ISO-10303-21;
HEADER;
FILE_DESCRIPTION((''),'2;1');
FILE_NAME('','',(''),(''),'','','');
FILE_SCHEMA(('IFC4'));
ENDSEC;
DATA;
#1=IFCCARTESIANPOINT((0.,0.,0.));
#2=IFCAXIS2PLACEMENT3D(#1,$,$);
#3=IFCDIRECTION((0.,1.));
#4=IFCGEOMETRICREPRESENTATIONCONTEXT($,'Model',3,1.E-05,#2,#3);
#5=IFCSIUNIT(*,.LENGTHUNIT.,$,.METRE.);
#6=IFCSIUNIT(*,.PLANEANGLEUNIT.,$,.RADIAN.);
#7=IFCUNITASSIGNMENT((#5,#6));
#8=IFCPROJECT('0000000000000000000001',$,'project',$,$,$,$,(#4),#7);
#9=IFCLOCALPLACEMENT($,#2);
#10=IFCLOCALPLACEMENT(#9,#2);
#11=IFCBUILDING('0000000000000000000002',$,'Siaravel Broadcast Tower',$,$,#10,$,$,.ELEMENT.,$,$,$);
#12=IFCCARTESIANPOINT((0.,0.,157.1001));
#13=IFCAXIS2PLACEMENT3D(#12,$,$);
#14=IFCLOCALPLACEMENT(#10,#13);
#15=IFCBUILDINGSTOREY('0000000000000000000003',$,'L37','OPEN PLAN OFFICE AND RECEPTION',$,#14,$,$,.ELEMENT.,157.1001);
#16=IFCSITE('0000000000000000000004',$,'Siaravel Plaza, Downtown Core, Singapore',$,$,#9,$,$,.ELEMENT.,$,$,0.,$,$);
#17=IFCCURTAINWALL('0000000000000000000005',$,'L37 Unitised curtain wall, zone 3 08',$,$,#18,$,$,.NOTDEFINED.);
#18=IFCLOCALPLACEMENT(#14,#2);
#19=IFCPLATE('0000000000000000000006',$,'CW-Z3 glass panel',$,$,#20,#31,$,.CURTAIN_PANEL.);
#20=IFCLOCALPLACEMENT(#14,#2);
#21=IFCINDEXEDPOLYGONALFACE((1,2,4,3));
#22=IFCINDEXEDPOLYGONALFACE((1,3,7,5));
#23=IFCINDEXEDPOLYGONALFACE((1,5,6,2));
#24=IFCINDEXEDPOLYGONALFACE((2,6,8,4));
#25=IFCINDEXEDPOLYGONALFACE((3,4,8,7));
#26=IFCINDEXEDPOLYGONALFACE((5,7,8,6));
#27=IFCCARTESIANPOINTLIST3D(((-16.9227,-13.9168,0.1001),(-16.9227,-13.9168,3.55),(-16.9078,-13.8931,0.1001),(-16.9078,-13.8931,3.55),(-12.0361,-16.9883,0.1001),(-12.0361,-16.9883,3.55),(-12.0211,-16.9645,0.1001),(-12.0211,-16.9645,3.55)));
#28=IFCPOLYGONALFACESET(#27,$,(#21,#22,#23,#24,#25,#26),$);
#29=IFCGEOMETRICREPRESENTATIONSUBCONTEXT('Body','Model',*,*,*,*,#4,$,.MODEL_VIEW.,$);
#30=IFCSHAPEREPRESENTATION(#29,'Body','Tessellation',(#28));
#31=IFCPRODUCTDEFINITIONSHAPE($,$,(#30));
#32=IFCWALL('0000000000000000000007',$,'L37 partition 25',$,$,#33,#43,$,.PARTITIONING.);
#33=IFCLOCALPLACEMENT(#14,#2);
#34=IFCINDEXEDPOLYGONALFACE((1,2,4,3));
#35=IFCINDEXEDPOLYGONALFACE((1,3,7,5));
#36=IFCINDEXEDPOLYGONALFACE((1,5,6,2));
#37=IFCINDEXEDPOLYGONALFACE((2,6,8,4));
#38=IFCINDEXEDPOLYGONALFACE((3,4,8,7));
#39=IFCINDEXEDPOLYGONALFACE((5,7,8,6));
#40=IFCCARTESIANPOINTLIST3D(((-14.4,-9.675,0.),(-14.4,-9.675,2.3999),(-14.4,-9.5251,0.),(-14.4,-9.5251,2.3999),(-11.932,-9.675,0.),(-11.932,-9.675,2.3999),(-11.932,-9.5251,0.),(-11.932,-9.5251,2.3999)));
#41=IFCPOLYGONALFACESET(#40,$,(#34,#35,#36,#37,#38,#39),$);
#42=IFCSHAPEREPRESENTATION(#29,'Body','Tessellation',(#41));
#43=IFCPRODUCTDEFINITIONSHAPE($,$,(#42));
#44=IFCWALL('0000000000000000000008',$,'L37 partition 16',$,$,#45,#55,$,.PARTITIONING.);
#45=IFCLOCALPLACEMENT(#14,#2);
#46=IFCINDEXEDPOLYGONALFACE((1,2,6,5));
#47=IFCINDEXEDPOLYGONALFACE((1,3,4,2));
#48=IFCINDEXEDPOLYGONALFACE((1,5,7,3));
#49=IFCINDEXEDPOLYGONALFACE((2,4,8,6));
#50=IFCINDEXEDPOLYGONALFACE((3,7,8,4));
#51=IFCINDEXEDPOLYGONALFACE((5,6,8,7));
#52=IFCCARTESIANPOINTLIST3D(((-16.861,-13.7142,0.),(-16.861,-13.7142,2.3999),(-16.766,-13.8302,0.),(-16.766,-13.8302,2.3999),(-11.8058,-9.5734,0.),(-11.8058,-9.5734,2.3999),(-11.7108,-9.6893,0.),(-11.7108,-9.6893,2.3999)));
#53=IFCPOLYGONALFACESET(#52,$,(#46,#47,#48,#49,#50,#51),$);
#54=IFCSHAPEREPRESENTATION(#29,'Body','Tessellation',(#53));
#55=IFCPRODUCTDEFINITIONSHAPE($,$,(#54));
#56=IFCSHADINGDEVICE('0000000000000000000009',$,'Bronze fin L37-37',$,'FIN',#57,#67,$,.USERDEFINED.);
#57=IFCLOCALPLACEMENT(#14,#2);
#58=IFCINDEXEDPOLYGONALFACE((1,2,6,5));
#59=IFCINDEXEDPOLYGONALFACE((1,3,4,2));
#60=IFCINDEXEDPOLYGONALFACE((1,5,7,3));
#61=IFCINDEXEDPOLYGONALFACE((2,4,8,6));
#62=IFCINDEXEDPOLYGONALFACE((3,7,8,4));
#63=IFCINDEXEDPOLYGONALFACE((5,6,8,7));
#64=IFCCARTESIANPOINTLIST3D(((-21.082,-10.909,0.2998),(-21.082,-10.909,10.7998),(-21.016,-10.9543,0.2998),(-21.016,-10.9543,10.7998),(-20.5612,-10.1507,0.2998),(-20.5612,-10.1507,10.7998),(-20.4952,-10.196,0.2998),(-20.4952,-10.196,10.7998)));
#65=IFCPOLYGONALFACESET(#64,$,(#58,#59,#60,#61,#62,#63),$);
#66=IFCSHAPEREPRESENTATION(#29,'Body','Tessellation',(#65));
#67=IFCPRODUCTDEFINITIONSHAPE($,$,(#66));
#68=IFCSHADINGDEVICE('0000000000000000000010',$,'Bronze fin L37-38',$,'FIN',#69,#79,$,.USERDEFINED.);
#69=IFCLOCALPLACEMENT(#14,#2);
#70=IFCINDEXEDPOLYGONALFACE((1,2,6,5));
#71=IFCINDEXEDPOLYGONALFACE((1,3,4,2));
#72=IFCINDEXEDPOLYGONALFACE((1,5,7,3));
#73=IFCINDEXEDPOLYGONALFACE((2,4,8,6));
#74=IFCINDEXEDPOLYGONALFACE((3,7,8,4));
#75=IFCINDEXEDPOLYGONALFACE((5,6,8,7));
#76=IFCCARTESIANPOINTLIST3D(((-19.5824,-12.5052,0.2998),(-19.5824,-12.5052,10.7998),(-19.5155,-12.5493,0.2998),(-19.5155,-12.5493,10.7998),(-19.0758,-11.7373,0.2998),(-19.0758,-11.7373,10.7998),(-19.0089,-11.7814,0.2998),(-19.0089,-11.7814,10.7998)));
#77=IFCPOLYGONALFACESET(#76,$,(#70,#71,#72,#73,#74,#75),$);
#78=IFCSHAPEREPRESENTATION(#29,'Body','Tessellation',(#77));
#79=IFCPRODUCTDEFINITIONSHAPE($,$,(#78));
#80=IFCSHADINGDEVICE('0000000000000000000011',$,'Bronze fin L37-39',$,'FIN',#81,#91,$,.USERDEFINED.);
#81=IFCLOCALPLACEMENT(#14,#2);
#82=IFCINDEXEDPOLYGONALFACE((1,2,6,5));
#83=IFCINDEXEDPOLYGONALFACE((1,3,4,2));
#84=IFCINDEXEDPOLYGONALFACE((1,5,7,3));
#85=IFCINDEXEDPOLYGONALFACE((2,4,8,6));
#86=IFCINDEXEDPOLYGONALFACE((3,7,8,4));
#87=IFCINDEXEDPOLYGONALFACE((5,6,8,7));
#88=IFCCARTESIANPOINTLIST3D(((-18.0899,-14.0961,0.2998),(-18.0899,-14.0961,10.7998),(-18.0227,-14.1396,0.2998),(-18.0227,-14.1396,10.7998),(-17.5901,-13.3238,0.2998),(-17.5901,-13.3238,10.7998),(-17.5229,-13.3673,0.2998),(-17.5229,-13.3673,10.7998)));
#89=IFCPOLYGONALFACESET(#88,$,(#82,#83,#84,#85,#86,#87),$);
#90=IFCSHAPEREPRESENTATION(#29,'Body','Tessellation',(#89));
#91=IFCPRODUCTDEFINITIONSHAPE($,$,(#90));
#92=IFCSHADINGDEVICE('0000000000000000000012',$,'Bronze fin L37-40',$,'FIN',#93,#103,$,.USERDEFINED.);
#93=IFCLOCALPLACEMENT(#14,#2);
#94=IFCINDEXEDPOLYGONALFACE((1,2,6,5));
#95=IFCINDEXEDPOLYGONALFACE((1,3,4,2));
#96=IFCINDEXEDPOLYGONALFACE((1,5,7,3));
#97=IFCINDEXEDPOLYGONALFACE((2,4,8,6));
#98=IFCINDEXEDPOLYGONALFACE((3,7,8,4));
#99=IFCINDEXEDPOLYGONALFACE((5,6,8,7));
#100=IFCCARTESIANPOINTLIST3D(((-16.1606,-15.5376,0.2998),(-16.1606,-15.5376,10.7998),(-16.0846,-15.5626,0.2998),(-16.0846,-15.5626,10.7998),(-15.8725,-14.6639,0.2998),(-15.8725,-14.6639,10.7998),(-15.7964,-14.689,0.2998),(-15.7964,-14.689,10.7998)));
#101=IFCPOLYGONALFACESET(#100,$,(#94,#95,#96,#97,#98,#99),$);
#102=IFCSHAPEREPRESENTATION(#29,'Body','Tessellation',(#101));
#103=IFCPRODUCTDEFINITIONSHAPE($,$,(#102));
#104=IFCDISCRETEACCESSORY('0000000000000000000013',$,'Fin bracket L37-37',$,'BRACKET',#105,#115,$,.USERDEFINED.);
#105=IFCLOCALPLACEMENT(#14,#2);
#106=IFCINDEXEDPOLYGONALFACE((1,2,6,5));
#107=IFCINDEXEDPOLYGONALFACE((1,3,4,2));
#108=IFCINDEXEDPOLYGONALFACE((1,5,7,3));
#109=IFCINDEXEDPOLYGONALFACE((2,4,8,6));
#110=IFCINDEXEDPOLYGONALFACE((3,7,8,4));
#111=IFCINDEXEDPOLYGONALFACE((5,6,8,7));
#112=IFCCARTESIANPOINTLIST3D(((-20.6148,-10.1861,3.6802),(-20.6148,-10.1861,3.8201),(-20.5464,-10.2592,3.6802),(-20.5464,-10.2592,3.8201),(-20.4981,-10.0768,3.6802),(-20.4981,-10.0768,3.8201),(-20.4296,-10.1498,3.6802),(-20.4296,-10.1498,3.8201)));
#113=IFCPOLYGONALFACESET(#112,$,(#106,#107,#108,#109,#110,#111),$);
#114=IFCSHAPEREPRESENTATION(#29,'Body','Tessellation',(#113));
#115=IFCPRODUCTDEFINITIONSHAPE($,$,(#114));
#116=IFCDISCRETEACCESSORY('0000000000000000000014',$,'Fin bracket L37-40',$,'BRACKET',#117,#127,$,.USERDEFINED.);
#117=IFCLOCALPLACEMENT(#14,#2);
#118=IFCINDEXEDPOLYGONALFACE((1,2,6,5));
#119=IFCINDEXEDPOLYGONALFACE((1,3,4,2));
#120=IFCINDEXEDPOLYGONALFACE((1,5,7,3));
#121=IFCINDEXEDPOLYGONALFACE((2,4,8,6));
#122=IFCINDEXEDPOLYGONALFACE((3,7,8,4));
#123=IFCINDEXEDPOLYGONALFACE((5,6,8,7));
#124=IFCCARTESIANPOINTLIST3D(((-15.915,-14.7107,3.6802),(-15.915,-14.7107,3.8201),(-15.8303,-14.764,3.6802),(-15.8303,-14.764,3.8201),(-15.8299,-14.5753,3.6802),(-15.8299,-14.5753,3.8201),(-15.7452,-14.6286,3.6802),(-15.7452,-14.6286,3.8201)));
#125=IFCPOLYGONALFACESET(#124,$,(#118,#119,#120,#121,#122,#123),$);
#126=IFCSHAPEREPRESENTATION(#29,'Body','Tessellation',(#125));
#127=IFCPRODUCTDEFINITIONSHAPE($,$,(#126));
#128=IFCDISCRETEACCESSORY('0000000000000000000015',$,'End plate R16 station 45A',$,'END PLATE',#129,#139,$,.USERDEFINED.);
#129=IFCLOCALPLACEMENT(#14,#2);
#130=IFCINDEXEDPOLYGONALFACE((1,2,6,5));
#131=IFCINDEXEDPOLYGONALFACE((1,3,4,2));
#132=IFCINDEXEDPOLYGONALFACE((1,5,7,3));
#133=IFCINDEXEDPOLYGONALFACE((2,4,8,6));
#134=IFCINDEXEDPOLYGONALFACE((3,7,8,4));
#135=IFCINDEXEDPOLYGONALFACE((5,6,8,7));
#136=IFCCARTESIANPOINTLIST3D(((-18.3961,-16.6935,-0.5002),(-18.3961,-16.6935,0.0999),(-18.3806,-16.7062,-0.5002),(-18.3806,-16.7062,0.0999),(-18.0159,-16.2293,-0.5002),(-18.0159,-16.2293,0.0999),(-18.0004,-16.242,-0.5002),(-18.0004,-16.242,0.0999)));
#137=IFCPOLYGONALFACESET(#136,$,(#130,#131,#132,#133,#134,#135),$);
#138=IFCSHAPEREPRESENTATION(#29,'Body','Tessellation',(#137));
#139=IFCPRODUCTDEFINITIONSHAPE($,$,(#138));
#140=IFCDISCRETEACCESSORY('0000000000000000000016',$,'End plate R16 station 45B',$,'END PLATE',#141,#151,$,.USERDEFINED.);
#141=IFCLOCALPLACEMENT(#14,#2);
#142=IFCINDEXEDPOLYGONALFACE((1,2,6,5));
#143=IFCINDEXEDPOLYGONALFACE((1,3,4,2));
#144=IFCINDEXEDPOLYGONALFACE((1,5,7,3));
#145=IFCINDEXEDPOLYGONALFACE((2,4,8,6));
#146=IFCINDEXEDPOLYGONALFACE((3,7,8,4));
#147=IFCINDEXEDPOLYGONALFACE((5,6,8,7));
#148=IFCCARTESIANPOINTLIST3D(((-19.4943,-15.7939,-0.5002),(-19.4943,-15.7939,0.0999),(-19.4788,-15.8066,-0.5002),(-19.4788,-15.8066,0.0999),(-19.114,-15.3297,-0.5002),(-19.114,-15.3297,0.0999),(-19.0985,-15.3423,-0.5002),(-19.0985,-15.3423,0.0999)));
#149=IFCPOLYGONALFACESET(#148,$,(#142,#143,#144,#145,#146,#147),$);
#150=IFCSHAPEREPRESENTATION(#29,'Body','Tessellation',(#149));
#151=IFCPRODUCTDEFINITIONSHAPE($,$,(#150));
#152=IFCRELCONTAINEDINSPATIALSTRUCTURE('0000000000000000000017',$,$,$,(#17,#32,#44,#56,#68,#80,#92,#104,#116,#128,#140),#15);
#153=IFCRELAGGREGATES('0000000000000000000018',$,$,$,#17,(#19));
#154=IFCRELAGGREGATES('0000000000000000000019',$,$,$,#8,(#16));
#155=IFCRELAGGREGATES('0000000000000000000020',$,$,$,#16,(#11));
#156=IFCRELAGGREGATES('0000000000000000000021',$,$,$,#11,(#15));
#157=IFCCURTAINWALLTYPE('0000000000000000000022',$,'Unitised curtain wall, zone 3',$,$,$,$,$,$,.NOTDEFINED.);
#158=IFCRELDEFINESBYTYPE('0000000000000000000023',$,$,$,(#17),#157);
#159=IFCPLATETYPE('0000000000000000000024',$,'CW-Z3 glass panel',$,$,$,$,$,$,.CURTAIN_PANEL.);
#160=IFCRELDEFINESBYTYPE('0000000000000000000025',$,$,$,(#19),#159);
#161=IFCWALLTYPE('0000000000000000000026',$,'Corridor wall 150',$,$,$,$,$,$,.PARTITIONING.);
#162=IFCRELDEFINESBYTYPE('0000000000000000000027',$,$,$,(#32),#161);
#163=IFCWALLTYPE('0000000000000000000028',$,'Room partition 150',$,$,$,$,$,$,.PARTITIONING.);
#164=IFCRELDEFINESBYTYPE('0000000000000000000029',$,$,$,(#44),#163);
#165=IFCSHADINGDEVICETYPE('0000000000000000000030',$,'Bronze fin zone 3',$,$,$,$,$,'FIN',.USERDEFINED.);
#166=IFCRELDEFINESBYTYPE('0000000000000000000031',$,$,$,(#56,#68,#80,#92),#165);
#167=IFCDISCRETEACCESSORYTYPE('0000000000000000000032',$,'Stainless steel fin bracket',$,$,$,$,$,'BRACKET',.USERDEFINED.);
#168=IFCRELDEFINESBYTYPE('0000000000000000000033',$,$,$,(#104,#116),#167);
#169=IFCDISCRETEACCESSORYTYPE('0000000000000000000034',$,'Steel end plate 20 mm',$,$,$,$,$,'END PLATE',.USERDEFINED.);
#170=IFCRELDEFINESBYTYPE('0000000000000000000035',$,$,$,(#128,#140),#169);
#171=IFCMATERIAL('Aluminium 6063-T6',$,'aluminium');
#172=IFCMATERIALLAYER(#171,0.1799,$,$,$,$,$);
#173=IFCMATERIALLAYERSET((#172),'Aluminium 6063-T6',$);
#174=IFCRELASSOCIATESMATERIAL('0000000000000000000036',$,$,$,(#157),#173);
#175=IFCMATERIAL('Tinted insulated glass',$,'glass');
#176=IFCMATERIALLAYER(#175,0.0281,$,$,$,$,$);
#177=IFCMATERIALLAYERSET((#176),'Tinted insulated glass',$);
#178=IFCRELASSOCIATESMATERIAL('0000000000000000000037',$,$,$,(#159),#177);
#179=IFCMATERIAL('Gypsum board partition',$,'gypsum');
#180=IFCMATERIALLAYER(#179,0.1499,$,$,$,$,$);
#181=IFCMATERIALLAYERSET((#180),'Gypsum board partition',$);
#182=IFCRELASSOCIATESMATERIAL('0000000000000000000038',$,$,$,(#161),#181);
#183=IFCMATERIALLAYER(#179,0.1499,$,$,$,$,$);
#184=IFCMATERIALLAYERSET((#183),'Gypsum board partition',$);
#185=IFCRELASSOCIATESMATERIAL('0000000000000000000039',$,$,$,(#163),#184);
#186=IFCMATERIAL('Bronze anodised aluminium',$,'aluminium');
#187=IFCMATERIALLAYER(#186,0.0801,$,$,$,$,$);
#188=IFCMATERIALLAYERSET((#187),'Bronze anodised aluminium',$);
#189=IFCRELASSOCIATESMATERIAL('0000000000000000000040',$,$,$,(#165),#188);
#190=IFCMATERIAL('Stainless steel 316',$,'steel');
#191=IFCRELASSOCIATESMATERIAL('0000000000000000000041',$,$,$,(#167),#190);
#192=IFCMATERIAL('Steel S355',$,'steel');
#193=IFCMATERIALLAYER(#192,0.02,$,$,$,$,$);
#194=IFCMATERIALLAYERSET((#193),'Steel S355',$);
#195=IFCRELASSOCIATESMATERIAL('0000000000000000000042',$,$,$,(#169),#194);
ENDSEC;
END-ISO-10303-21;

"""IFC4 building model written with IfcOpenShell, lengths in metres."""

from ifc_helpers import new_model, si_unit, direction, frame, frame_2d, origin, origin_2d, place, context, subcontext, project, spatial, rectangle, extrude, material, layer, layer_set, type_object, element, aggregate, save


model = new_model("IFC4")

# Units and contexts
model_context = context("Model", 3, precision=1e-05, world=origin(), true_north=direction((0.0, 1.0)))
body_context = subcontext(model_context, "Body", "Model", "MODEL_VIEW")
ifc_project = project(units=[si_unit("LENGTHUNIT", "METRE"), si_unit("PLANEANGLEUNIT", "RADIAN")], contexts=[model_context])

# Site, building, storey
site_placement = place(None, origin())
site = spatial("IfcSite", under=ifc_project, at=site_placement, Name="Siaravel Plaza, Downtown Core, Singapore", CompositionType="ELEMENT", RefElevation=0.0)
building_placement = place(site_placement, origin())
building = spatial("IfcBuilding", under=site, at=building_placement, Name="Siaravel Broadcast Tower", CompositionType="ELEMENT")
storey_placement = place(building_placement, frame((0.0, 0.0, 157.1001)))
storey = spatial("IfcBuildingStorey", under=building, at=storey_placement, Name="L37", Description="OPEN PLAN OFFICE AND RECEPTION", CompositionType="ELEMENT", Elevation=157.1001)

# Shared definitions
ifc_material_1 = material(Name="Steel S355", Category="steel")

# Shared definitions
ifc_material_2 = material(Name="Aluminium 6063-T6", Category="aluminium")
ifc_layer_1 = layer(ifc_material_2, 0.1799)
ifc_layer_set_1 = layer_set([ifc_layer_1], Name="Aluminium 6063-T6")
curtain_wall_type = type_object("IfcCurtainWallType", Name="Unitised curtain wall, zone 3", PredefinedType="NOTDEFINED", material=ifc_layer_set_1)

# Curtain wall
curtain_wall_1_placement = place(storey_placement, origin())
curtain_wall_1 = element("IfcCurtainWall", 1, at=curtain_wall_1_placement, inside=storey, type_object=curtain_wall_type, Name="L37 Unitised curtain wall, zone 3 08", PredefinedType="NOTDEFINED")

# Plate
ifc_material_3 = material(Name="Tinted insulated glass", Category="glass")
ifc_layer_2 = layer(ifc_material_3, 0.0281)
ifc_layer_set_2 = layer_set([ifc_layer_2], Name="Tinted insulated glass")
plate_type = type_object("IfcPlateType", Name="CW-Z3 glass panel", PredefinedType="CURTAIN_PANEL", material=ifc_layer_set_2)
plate_1_placement = place(storey_placement, frame((-14.4719, -15.4407, 0.1001), z_axis=(0.0, 0.0, 1.0), x_axis=(0.84665, -0.53215, 0.0)))
plate_1 = element("IfcPlate", 2, at=plate_1_placement, type_object=plate_type, Name="CW-Z3 glass panel", PredefinedType="CURTAIN_PANEL", context=body_context, shape_type="SweptSolid", body=[
    extrude(rectangle(XDim=5.7717, YDim=0.0281, at=origin_2d()), origin(), (0.0, 0.0, 1.0), 3.45),
])
aggregate(curtain_wall_1, [plate_1])

# Walls
ifc_material_4 = material(Name="Gypsum board partition", Category="gypsum")
ifc_layer_3 = layer(ifc_material_4, 0.1499)
ifc_layer_set_3 = layer_set([ifc_layer_3], Name="Gypsum board partition")
wall_type_1 = type_object("IfcWallType", Name="Corridor wall 150", PredefinedType="PARTITIONING", material=ifc_layer_set_3)
wall_1_placement = place(storey_placement, frame((-14.3999, -9.6001, 0.0), z_axis=(0.0, 0.0, 1.0), x_axis=(1.0, 0.0, 0.0)))
element("IfcWall", 3, at=wall_1_placement, inside=storey, type_object=wall_type_1, Name="L37 partition 25", PredefinedType="PARTITIONING", context=body_context, shape_type="SweptSolid", body=[
    extrude(rectangle(XDim=2.468, YDim=0.1499, at=frame_2d((1.2339, 0.0))), origin(), (0.0, 0.0, 1.0), 2.3999),
])
ifc_layer_4 = layer(ifc_material_4, 0.1499)
ifc_layer_set_4 = layer_set([ifc_layer_4], Name="Gypsum board partition")
wall_type_2 = type_object("IfcWallType", Name="Room partition 150", PredefinedType="PARTITIONING", material=ifc_layer_set_4)
wall_2_placement = place(storey_placement, frame((-16.8135, -13.7722, 0.0), z_axis=(0.0, 0.0, 1.0), x_axis=(0.773596, 0.633679, 0.0)))
element("IfcWall", 4, at=wall_2_placement, inside=storey, type_object=wall_type_2, Name="L37 partition 16", PredefinedType="PARTITIONING", context=body_context, shape_type="SweptSolid", body=[
    extrude(rectangle(XDim=6.5347, YDim=0.1499, at=frame_2d((3.2673, 0.0))), origin(), (0.0, 0.0, 1.0), 2.3999),
])

# Shading devices
ifc_material_5 = material(Name="Bronze anodised aluminium", Category="aluminium")
ifc_layer_5 = layer(ifc_material_5, 0.0801)
ifc_layer_set_5 = layer_set([ifc_layer_5], Name="Bronze anodised aluminium")
shading_device_type = type_object("IfcShadingDeviceType", Name="Bronze fin zone 3", ElementType="FIN", PredefinedType="USERDEFINED", material=ifc_layer_set_5)
for number, where, z_axis, x_axis, name in (
    (5, (-20.7886, -10.5525, 0.2998), (0.0, 0.0, 1.0), (-0.566166, -0.824291, 0.0), "Bronze fin L37-37"),
    (6, (-19.2957, -12.1433, 0.2998), (0.0, 0.0, 1.0), (-0.550721, -0.834689, 0.0), "Bronze fin L37-38"),
    (7, (-17.8064, -13.7317, 0.2998), (0.0, 0.0, 1.0), (-0.54332, -0.839526, 0.0), "Bronze fin L37-39"),
    (8, (-15.9785, -15.1133, 0.2998), (0.0, 0.0, 1.0), (-0.313228, -0.949678, 0.0), "Bronze fin L37-40"),
):
    element("IfcShadingDevice", number, at=place(storey_placement, frame(where, z_axis=z_axis, x_axis=x_axis)), inside=storey, type_object=shading_device_type, Name=name, ObjectType="FIN", PredefinedType="USERDEFINED", context=body_context, shape_type="SweptSolid", body=[
        extrude(rectangle(XDim=0.9199, YDim=0.0801, at=origin_2d()), origin(), (0.0, 0.0, 1.0), 10.5),
    ])

# Discrete accessories
ifc_material_6 = material(Name="Stainless steel 316", Category="steel")
discrete_accessory_type_1 = type_object("IfcDiscreteAccessoryType", Name="Stainless steel fin bracket", ElementType="BRACKET", PredefinedType="USERDEFINED", material=ifc_material_6)
for number, where, z_axis, x_axis, name in (
    (9, (-20.5222, -10.168, 3.6802), (0.0, 0.0, 1.0), (-0.729806, -0.683655, 0.0), "Fin bracket L37-37"),
    (10, (-15.8301, -14.6697, 3.6802), (0.0, 0.0, 1.0), (-0.532151, -0.84665, 0.0), "Fin bracket L37-40"),
):
    element("IfcDiscreteAccessory", number, at=place(storey_placement, frame(where, z_axis=z_axis, x_axis=x_axis)), inside=storey, type_object=discrete_accessory_type_1, Name=name, ObjectType="BRACKET", PredefinedType="USERDEFINED", context=body_context, shape_type="SweptSolid", body=[
        extrude(rectangle(XDim=0.1599, YDim=0.1001, at=origin_2d()), origin(), (0.0, 0.0, 1.0), 0.1399),
    ])
ifc_layer_6 = layer(ifc_material_1, 0.02)
ifc_layer_set_6 = layer_set([ifc_layer_6], Name="Steel S355")
discrete_accessory_type_2 = type_object("IfcDiscreteAccessoryType", Name="Steel end plate 20 mm", ElementType="END PLATE", PredefinedType="USERDEFINED", material=ifc_layer_set_6)
for number, where, z_axis, x_axis, name in (
    (11, (-18.1982, -16.4678, -0.5002), (0.0, 0.0, 1.0), (0.773605, -0.633669, 0.0), "End plate R16 station 45A"),
    (12, (-19.2964, -15.5681, -0.5002), (0.0, 0.0, 1.0), (0.773605, -0.633669, 0.0), "End plate R16 station 45B"),
):
    element("IfcDiscreteAccessory", number, at=place(storey_placement, frame(where, z_axis=z_axis, x_axis=x_axis)), inside=storey, type_object=discrete_accessory_type_2, Name=name, ObjectType="END PLATE", PredefinedType="USERDEFINED", context=body_context, shape_type="SweptSolid", body=[
        extrude(rectangle(XDim=0.02, YDim=0.6001, at=origin_2d()), origin(), (0.0, 0.0, 1.0), 0.6001),
    ])

save(model, "model.ifc")
